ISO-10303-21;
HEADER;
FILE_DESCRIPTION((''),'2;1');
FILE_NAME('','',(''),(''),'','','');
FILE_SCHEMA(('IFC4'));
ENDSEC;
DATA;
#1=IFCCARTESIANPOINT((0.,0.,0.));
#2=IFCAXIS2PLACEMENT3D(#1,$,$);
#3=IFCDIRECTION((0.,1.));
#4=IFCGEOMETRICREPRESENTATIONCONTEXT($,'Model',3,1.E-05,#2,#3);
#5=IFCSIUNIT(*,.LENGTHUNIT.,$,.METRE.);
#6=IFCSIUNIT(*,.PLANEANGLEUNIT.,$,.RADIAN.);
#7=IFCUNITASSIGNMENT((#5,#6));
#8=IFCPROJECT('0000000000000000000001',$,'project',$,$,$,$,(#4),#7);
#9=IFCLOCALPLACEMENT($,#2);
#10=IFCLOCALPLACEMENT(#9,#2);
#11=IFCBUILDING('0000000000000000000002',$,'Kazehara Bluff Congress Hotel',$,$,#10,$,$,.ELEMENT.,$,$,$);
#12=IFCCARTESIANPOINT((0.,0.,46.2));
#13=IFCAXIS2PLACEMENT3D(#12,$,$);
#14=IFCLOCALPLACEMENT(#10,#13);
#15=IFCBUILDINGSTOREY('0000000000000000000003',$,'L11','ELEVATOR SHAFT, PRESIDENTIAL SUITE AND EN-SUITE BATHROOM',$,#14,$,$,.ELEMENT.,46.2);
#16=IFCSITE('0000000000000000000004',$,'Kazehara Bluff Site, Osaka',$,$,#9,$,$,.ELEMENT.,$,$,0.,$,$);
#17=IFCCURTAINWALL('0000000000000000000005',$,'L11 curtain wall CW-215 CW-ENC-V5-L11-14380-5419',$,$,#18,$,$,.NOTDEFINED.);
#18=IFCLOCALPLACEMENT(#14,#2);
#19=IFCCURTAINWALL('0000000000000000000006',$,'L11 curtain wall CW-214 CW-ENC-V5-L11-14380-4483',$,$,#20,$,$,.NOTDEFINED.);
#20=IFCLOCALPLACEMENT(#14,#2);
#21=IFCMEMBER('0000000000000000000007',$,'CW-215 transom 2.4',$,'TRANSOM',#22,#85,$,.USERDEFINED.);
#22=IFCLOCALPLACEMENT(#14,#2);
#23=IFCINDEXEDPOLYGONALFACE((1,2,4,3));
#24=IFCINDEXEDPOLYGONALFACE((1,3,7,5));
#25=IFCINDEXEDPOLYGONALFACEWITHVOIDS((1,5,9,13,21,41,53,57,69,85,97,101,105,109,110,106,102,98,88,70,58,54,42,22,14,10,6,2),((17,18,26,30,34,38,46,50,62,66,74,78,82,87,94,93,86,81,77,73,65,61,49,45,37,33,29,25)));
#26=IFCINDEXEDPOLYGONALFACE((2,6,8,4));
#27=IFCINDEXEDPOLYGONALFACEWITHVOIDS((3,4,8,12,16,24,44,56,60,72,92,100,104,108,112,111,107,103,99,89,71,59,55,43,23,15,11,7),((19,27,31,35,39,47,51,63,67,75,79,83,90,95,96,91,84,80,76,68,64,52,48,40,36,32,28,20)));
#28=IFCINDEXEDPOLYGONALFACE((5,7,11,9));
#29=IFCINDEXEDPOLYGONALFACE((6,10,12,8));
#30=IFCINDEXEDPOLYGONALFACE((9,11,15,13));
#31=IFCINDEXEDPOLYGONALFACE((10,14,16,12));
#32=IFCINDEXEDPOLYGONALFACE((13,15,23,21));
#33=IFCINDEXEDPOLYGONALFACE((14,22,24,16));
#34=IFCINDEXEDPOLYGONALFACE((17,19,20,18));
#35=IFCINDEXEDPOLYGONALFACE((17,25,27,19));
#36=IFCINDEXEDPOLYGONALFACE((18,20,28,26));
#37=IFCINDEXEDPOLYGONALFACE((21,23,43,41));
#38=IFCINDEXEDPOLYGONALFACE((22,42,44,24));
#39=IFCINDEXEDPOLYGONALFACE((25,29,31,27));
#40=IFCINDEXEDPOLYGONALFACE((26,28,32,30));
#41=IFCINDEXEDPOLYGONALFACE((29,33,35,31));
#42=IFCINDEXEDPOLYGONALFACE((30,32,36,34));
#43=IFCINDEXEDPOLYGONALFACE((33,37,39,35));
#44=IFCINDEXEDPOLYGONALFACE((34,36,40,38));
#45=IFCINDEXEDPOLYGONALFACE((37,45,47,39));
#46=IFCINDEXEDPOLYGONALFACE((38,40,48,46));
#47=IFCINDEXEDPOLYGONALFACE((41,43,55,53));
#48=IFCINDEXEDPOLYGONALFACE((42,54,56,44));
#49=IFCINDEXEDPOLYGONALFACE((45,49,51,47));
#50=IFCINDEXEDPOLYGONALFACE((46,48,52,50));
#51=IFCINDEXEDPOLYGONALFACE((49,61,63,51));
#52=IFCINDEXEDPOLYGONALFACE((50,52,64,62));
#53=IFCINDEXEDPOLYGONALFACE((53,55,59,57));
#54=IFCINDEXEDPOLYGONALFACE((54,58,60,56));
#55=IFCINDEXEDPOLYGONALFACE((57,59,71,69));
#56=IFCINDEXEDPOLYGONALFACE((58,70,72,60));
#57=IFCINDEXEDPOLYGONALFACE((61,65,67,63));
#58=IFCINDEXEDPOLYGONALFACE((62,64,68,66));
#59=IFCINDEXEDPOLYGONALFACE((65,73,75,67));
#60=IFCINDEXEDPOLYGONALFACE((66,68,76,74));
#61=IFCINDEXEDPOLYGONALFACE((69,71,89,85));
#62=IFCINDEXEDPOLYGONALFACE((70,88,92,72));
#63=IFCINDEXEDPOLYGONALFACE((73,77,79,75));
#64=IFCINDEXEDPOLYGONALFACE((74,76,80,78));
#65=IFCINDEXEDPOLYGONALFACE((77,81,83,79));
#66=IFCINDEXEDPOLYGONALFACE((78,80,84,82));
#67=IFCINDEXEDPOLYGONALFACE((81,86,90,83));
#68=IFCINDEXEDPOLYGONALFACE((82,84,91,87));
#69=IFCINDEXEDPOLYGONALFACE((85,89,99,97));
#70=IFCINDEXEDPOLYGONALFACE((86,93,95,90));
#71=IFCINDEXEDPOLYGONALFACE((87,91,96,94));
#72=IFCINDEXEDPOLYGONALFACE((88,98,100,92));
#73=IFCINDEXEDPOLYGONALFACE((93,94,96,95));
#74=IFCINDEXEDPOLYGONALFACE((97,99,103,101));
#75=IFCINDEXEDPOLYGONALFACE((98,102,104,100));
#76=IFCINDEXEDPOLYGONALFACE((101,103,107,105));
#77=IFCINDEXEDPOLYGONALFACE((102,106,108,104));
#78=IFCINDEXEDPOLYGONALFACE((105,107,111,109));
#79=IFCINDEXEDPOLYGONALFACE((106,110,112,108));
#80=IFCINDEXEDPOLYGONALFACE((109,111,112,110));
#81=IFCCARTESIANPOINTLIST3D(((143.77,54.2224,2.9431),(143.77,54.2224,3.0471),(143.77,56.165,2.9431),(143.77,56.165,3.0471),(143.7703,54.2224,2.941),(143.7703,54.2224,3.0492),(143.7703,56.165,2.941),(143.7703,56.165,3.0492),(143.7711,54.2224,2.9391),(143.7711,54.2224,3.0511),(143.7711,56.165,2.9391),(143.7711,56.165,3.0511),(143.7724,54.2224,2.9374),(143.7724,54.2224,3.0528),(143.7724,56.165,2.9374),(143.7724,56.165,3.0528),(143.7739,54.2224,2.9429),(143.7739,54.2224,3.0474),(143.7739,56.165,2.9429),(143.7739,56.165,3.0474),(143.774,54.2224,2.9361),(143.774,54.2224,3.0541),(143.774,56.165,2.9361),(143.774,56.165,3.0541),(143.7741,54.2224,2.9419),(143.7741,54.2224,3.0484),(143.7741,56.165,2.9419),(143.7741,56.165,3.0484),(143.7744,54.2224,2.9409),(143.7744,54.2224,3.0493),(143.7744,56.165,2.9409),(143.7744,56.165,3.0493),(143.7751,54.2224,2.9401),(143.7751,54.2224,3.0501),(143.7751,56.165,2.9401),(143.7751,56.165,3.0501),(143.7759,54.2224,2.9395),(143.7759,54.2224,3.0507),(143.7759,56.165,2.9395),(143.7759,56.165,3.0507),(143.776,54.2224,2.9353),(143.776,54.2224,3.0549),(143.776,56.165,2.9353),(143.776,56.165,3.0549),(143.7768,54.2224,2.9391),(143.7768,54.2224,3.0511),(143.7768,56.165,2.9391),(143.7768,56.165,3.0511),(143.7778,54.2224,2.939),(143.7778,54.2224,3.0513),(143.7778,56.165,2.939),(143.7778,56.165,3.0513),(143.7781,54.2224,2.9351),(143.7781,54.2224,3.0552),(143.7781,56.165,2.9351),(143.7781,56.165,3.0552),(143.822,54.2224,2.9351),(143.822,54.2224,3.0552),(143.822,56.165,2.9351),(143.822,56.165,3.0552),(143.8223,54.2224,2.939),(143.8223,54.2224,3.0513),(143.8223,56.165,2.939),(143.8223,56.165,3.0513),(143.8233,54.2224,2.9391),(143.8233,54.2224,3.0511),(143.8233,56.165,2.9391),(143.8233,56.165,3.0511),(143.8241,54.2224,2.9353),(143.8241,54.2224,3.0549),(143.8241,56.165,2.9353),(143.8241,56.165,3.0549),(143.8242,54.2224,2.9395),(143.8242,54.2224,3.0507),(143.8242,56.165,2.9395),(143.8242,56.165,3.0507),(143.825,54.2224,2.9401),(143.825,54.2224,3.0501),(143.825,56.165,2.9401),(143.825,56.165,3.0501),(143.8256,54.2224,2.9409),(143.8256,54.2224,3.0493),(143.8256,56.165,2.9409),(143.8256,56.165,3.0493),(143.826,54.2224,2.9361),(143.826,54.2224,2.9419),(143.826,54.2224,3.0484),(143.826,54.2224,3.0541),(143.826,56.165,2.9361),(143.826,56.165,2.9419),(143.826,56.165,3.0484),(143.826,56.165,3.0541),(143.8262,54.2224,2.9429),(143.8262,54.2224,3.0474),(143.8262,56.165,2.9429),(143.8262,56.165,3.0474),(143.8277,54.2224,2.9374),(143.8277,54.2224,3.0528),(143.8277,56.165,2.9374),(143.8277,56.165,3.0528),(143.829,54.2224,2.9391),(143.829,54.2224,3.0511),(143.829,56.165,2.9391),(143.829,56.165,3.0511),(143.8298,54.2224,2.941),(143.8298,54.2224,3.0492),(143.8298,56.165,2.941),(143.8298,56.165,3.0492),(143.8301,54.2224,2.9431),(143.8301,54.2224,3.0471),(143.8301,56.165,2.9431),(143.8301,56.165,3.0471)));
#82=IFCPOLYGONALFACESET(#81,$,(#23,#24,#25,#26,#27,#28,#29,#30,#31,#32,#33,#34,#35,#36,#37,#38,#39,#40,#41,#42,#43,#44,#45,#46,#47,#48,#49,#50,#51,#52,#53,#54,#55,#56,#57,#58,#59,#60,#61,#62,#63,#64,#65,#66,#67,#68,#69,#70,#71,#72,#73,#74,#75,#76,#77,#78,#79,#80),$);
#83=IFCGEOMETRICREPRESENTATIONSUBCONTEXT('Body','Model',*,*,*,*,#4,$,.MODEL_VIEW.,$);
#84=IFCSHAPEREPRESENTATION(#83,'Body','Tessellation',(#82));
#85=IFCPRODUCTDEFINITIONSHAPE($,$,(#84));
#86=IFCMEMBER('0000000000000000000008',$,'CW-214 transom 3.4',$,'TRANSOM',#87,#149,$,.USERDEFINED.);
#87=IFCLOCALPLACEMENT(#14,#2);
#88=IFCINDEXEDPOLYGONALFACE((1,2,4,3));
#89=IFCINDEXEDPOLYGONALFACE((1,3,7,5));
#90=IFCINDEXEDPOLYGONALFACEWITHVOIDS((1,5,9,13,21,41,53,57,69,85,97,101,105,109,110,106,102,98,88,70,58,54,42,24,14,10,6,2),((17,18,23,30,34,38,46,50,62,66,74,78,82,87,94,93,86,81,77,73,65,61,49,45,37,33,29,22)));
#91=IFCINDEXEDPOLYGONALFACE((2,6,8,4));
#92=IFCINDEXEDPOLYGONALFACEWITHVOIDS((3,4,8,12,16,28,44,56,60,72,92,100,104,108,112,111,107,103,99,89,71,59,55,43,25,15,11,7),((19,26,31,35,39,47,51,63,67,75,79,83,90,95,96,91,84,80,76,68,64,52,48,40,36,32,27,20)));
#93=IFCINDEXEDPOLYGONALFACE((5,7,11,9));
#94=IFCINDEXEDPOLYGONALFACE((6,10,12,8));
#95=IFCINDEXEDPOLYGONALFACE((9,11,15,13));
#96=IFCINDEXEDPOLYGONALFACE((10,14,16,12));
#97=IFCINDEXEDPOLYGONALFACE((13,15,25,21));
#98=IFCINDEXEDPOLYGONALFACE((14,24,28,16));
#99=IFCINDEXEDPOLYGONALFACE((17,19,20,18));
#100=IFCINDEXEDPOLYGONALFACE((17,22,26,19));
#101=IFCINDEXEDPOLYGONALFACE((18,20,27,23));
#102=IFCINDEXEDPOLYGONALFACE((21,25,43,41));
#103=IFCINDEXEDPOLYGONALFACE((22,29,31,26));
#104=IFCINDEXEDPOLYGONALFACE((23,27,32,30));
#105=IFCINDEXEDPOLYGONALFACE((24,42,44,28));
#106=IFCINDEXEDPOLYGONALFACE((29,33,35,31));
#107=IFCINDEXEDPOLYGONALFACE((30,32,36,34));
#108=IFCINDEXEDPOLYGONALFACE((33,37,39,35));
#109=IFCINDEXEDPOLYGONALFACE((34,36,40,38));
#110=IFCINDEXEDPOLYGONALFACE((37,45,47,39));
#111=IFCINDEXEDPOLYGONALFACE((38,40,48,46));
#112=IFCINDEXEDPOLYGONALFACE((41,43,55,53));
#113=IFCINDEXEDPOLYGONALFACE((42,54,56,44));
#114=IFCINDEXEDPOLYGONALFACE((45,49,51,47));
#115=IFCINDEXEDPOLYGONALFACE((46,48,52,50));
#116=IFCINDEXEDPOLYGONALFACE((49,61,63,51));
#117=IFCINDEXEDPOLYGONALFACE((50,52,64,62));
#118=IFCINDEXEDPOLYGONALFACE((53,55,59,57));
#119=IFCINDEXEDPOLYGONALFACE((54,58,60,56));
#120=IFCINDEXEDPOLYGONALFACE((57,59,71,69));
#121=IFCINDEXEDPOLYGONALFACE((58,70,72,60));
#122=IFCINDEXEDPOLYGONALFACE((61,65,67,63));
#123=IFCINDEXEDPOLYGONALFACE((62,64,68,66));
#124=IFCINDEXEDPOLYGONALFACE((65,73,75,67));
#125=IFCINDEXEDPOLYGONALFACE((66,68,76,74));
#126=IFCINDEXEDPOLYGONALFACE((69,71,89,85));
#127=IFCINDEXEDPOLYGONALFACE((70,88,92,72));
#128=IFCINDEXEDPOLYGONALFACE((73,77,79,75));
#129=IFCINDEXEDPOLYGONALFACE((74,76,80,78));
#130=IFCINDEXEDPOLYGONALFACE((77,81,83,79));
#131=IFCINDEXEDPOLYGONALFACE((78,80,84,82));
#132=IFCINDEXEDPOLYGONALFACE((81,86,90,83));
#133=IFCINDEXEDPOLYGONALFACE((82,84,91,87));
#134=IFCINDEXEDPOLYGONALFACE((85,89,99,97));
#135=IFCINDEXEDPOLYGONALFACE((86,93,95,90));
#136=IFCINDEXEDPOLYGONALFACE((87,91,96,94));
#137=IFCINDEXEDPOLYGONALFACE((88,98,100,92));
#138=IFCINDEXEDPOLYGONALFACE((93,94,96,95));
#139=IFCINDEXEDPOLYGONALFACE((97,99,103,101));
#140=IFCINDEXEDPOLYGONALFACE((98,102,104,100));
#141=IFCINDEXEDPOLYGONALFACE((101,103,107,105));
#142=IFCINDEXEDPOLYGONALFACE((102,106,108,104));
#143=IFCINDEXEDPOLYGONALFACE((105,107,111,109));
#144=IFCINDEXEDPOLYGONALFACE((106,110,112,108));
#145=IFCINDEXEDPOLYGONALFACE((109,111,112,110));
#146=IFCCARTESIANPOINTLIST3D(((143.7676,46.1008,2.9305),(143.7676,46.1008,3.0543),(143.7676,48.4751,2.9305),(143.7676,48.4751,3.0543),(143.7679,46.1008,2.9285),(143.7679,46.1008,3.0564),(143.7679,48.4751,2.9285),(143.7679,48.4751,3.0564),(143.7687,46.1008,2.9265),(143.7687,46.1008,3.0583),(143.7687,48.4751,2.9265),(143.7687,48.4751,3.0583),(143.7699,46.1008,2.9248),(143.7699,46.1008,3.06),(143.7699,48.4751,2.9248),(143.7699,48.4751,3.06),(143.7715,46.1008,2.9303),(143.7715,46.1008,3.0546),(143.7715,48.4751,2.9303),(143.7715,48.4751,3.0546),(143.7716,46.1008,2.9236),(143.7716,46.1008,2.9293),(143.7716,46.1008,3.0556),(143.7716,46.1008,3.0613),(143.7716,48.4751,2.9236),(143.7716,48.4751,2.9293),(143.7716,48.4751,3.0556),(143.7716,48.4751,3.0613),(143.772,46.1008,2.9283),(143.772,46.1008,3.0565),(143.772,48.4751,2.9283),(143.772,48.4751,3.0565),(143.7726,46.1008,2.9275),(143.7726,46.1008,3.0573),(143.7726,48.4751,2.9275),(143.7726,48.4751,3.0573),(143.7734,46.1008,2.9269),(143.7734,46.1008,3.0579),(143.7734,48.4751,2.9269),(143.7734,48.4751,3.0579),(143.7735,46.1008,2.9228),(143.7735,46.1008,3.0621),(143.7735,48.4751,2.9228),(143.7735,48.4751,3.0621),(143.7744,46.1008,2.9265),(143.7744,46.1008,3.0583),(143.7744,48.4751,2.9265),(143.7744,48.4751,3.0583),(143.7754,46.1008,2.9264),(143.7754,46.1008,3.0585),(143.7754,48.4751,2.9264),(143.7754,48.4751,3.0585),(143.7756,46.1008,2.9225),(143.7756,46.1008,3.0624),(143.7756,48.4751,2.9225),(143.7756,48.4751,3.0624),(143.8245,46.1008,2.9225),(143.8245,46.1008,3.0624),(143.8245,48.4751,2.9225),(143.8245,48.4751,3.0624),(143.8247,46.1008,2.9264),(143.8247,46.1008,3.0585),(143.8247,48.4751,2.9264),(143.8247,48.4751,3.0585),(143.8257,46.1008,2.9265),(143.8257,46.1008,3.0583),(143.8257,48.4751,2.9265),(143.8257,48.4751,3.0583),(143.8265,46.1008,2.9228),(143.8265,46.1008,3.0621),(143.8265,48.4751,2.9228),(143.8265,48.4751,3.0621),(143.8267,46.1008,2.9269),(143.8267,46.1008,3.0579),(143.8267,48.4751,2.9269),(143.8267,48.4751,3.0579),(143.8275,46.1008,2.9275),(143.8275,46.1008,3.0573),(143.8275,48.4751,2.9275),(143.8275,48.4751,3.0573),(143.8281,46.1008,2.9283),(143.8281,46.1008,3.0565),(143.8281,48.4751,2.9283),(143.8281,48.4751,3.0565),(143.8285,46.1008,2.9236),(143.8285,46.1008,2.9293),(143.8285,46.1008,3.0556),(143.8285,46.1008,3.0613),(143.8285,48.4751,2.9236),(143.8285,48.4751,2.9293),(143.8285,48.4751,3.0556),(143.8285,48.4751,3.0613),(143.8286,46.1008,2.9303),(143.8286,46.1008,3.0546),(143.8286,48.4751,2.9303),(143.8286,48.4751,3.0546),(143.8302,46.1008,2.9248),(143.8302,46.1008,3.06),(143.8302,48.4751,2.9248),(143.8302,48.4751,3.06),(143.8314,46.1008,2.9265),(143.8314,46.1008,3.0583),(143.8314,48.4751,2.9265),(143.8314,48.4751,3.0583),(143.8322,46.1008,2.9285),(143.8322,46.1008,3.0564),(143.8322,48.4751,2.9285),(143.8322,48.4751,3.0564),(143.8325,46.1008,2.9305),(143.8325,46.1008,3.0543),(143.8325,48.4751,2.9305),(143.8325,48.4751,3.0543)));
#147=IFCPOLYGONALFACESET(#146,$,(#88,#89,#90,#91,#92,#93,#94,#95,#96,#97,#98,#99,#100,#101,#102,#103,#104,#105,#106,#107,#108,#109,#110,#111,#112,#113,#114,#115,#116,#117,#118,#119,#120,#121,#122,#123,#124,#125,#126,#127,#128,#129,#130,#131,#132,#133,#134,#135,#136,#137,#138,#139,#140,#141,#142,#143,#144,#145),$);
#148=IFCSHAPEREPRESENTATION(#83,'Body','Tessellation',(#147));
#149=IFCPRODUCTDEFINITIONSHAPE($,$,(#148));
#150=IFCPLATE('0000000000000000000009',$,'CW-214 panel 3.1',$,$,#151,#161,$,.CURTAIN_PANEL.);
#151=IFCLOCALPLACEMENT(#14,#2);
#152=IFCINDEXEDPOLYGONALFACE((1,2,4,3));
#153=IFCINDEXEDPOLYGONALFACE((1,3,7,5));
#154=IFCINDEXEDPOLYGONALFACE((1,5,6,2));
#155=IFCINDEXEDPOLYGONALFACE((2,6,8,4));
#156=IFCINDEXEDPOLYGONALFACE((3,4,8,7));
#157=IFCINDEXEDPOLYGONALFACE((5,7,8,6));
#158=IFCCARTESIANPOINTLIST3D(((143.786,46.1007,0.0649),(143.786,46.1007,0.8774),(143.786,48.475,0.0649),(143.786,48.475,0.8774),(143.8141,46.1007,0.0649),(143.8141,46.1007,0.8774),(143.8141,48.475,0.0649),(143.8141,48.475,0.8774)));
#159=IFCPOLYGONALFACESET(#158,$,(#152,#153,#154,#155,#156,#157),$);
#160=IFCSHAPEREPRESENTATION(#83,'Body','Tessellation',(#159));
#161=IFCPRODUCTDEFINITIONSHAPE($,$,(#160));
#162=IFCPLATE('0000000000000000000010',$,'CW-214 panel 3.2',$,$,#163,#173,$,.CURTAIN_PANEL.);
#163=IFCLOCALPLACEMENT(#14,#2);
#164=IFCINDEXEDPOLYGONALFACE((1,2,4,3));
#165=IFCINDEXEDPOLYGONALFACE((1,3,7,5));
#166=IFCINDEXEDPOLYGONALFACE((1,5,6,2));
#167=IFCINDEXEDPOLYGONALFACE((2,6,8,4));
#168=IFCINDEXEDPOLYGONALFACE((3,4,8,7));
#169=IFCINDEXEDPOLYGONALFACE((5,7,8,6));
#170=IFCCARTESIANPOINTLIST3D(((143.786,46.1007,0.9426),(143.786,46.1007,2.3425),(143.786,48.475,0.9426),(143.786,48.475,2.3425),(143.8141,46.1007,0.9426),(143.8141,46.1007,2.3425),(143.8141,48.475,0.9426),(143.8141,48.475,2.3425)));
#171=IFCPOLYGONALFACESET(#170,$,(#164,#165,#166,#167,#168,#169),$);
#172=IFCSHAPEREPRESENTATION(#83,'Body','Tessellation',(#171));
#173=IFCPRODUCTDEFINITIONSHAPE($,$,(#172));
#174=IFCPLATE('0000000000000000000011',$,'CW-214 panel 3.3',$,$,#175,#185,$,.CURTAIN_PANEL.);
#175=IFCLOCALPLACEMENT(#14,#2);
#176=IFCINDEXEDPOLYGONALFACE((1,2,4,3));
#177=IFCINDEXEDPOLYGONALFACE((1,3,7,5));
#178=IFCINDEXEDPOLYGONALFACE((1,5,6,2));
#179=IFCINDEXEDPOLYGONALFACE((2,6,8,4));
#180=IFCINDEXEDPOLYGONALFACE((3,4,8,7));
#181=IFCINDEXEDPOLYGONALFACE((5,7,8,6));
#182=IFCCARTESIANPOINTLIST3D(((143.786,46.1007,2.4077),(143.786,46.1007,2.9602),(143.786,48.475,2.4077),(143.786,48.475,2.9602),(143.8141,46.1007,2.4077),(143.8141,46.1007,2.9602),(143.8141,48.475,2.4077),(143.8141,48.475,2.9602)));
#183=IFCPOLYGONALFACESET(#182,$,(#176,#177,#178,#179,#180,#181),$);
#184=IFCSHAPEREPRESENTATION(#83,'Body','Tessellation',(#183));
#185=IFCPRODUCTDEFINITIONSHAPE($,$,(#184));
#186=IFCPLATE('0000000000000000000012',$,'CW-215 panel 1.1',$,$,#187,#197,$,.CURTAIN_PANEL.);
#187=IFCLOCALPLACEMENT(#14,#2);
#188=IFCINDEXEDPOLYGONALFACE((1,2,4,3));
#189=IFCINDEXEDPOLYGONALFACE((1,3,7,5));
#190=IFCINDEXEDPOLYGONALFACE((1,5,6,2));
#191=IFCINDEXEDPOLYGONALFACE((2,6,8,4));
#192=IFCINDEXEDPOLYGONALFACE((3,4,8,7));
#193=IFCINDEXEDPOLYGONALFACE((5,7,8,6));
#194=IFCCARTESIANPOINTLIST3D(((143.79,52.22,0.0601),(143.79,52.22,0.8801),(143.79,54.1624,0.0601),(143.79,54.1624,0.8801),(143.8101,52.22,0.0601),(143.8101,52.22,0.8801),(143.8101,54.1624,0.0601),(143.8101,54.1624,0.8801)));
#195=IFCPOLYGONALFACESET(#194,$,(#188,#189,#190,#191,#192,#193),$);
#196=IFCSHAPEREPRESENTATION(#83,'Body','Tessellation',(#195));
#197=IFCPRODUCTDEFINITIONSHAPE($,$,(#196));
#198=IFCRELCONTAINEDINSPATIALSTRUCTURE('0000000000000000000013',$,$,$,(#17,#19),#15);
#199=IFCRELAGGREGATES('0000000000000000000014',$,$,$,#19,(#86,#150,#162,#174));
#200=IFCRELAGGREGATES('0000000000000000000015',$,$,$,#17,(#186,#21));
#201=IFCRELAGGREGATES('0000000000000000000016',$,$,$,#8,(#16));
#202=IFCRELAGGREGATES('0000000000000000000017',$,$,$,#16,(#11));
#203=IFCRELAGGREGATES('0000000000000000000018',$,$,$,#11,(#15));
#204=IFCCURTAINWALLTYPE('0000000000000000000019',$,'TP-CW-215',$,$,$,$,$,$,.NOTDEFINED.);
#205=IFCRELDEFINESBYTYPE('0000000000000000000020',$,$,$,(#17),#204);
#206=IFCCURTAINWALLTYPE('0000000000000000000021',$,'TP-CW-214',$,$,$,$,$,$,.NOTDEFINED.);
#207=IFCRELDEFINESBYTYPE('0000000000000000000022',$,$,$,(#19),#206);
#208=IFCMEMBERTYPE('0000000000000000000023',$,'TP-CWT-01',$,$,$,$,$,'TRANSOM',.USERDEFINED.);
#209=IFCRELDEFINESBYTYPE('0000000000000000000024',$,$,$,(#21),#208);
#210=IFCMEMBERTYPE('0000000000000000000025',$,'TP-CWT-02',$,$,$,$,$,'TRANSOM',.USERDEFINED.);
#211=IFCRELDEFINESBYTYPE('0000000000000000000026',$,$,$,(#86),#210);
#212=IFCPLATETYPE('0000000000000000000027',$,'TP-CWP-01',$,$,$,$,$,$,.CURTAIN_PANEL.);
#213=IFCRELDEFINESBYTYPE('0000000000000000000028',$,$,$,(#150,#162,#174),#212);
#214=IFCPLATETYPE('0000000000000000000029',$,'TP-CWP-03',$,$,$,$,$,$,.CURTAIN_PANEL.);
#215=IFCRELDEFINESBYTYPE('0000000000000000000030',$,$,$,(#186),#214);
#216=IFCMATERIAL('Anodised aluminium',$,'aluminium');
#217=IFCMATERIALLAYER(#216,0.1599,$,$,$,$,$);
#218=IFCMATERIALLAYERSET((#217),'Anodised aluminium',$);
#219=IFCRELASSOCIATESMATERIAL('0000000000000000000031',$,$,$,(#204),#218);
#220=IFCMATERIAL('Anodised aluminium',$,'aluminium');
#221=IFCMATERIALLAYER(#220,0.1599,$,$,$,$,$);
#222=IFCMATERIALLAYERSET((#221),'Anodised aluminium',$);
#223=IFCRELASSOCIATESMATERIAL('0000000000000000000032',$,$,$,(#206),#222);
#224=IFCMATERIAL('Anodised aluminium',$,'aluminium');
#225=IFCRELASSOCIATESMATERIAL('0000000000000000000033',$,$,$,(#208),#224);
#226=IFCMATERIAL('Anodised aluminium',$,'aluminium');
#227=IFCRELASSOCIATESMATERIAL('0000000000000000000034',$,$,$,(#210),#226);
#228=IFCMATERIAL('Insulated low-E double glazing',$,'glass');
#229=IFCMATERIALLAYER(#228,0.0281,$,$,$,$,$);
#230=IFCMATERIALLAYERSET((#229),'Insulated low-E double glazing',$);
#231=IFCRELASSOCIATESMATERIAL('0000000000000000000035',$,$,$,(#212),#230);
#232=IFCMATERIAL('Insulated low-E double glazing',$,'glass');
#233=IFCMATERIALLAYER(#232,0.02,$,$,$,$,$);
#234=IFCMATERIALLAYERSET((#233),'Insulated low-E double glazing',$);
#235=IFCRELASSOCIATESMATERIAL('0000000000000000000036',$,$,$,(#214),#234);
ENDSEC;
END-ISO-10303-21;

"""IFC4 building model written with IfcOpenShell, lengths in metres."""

from ifc_helpers import new_model, si_unit, direction, frame, origin, origin_2d, place, context, subcontext, project, spatial, rectangle, hollow_rectangle, extrude, material, layer, layer_set, material_profile, profile_set, type_object, element, aggregate, save


model = new_model("IFC4")

# Units and contexts
model_context = context("Model", 3, precision=1e-05, world=origin(), true_north=direction((0.0, 1.0)))
body_context = subcontext(model_context, "Body", "Model", "MODEL_VIEW")
ifc_project = project(units=[si_unit("LENGTHUNIT", "METRE"), si_unit("PLANEANGLEUNIT", "RADIAN")], contexts=[model_context])

# Site, building, storey
site_placement = place(None, origin())
site = spatial("IfcSite", under=ifc_project, at=site_placement, Name="Kazehara Bluff Site, Osaka", CompositionType="ELEMENT", RefElevation=0.0)
building_placement = place(site_placement, origin())
building = spatial("IfcBuilding", under=site, at=building_placement, Name="Kazehara Bluff Congress Hotel", CompositionType="ELEMENT")
storey_placement = place(building_placement, frame((0.0, 0.0, 46.2)))
storey = spatial("IfcBuildingStorey", under=building, at=storey_placement, Name="L11", Description="ELEVATOR SHAFT, PRESIDENTIAL SUITE AND EN-SUITE BATHROOM", CompositionType="ELEMENT", Elevation=46.2)

# Curtain wall
ifc_material_1 = material(Name="Anodised aluminium", Category="aluminium")
ifc_layer_1 = layer(ifc_material_1, 0.1599)
ifc_layer_set_1 = layer_set([ifc_layer_1], Name="Anodised aluminium")
curtain_wall_type_1 = type_object("IfcCurtainWallType", Name="TP-CW-215", PredefinedType="NOTDEFINED", material=ifc_layer_set_1)
curtain_wall_1_placement = place(storey_placement, origin())
curtain_wall_1 = element("IfcCurtainWall", 1, at=curtain_wall_1_placement, inside=storey, type_object=curtain_wall_type_1, Name="L11 curtain wall CW-215 CW-ENC-V5-L11-14380-5419", PredefinedType="NOTDEFINED")

# Curtain wall
ifc_material_2 = material(Name="Anodised aluminium", Category="aluminium")
ifc_layer_2 = layer(ifc_material_2, 0.1599)
ifc_layer_set_2 = layer_set([ifc_layer_2], Name="Anodised aluminium")
curtain_wall_type_2 = type_object("IfcCurtainWallType", Name="TP-CW-214", PredefinedType="NOTDEFINED", material=ifc_layer_set_2)
curtain_wall_2_placement = place(storey_placement, origin())
curtain_wall_2 = element("IfcCurtainWall", 2, at=curtain_wall_2_placement, inside=storey, type_object=curtain_wall_type_2, Name="L11 curtain wall CW-214 CW-ENC-V5-L11-14380-4483", PredefinedType="NOTDEFINED")

# Members
ifc_material_3 = material(Name="Anodised aluminium", Category="aluminium")
ifc_material_profile_1 = material_profile(ifc_material_3, hollow_rectangle(XDim=0.0601, YDim=0.1201, WallThickness=0.0039, InnerFilletRadius=0.0039, OuterFilletRadius=0.0081, at=origin_2d()))
ifc_profile_set_1 = profile_set([ifc_material_profile_1], Name="Anodised aluminium")
member_type_1 = type_object("IfcMemberType", Name="TP-CWT-01", ElementType="TRANSOM", PredefinedType="USERDEFINED", material=ifc_profile_set_1)
member_1_placement = place(storey_placement, frame((143.8, 54.2224, 2.9951), z_axis=(0.0, 1.0, 0.0), x_axis=(-1.0, 0.0, 0.0)))
member_1 = element("IfcMember", 3, at=member_1_placement, type_object=member_type_1, Name="CW-215 transom 2.4", ObjectType="TRANSOM", PredefinedType="USERDEFINED", context=body_context, shape_type="SweptSolid", body=[
    extrude(hollow_rectangle(XDim=0.0601, YDim=0.1201, WallThickness=0.0039, InnerFilletRadius=0.0039, OuterFilletRadius=0.0081, at=origin_2d()), origin(), (0.0, 0.0, 1.0), 1.9426),
])
ifc_material_4 = material(Name="Anodised aluminium", Category="aluminium")
ifc_material_profile_2 = material_profile(ifc_material_4, hollow_rectangle(XDim=0.0649, YDim=0.1399, WallThickness=0.0039, InnerFilletRadius=0.0039, OuterFilletRadius=0.0081, at=origin_2d()))
ifc_profile_set_2 = profile_set([ifc_material_profile_2], Name="Anodised aluminium")
member_type_2 = type_object("IfcMemberType", Name="TP-CWT-02", ElementType="TRANSOM", PredefinedType="USERDEFINED", material=ifc_profile_set_2)
member_2_placement = place(storey_placement, frame((143.8, 46.1008, 2.9924), z_axis=(0.0, 1.0, 0.0), x_axis=(-1.0, 0.0, 0.0)))
member_2 = element("IfcMember", 4, at=member_2_placement, type_object=member_type_2, Name="CW-214 transom 3.4", ObjectType="TRANSOM", PredefinedType="USERDEFINED", context=body_context, shape_type="SweptSolid", body=[
    extrude(hollow_rectangle(XDim=0.0649, YDim=0.1399, WallThickness=0.0039, InnerFilletRadius=0.0039, OuterFilletRadius=0.0081, at=origin_2d()), origin(), (0.0, 0.0, 1.0), 2.3743),
])

# Plates
ifc_material_5 = material(Name="Insulated low-E double glazing", Category="glass")
ifc_layer_3 = layer(ifc_material_5, 0.0281)
ifc_layer_set_3 = layer_set([ifc_layer_3], Name="Insulated low-E double glazing")
plate_type_1 = type_object("IfcPlateType", Name="TP-CWP-01", PredefinedType="CURTAIN_PANEL", material=ifc_layer_set_3)
plate_1_placement = place(storey_placement, frame((143.8, 47.2878, 0.0649), z_axis=(0.0, 0.0, 1.0), x_axis=(0.0, 1.0, 0.0)))
plate_1 = element("IfcPlate", 5, at=plate_1_placement, type_object=plate_type_1, Name="CW-214 panel 3.1", PredefinedType="CURTAIN_PANEL", context=body_context, shape_type="SweptSolid", body=[
    extrude(rectangle(XDim=2.3743, YDim=0.0281, at=origin_2d()), origin(), (0.0, 0.0, 1.0), 0.8125),
])
plate_2_placement = place(storey_placement, frame((143.8, 47.2878, 0.9426), z_axis=(0.0, 0.0, 1.0), x_axis=(0.0, 1.0, 0.0)))
plate_2 = element("IfcPlate", 6, at=plate_2_placement, type_object=plate_type_1, Name="CW-214 panel 3.2", PredefinedType="CURTAIN_PANEL", context=body_context, shape_type="SweptSolid", body=[
    extrude(rectangle(XDim=2.3743, YDim=0.0281, at=origin_2d()), origin(), (0.0, 0.0, 1.0), 1.3999),
])
plate_3_placement = place(storey_placement, frame((143.8, 47.2878, 2.4077), z_axis=(0.0, 0.0, 1.0), x_axis=(0.0, 1.0, 0.0)))
plate_3 = element("IfcPlate", 7, at=plate_3_placement, type_object=plate_type_1, Name="CW-214 panel 3.3", PredefinedType="CURTAIN_PANEL", context=body_context, shape_type="SweptSolid", body=[
    extrude(rectangle(XDim=2.3743, YDim=0.0281, at=origin_2d()), origin(), (0.0, 0.0, 1.0), 0.5525),
])
aggregate(curtain_wall_2, [member_2, plate_1, plate_2, plate_3])
ifc_material_6 = material(Name="Insulated low-E double glazing", Category="glass")
ifc_layer_4 = layer(ifc_material_6, 0.02)
ifc_layer_set_4 = layer_set([ifc_layer_4], Name="Insulated low-E double glazing")
plate_type_2 = type_object("IfcPlateType", Name="TP-CWP-03", PredefinedType="CURTAIN_PANEL", material=ifc_layer_set_4)
plate_4_placement = place(storey_placement, frame((143.8, 53.1912, 0.0601), z_axis=(0.0, 0.0, 1.0), x_axis=(0.0, 1.0, 0.0)))
plate_4 = element("IfcPlate", 8, at=plate_4_placement, type_object=plate_type_2, Name="CW-215 panel 1.1", PredefinedType="CURTAIN_PANEL", context=body_context, shape_type="SweptSolid", body=[
    extrude(rectangle(XDim=1.9424, YDim=0.02, at=origin_2d()), origin(), (0.0, 0.0, 1.0), 0.8201),
])
aggregate(curtain_wall_1, [plate_4, member_1])

save(model, "model.ifc")
